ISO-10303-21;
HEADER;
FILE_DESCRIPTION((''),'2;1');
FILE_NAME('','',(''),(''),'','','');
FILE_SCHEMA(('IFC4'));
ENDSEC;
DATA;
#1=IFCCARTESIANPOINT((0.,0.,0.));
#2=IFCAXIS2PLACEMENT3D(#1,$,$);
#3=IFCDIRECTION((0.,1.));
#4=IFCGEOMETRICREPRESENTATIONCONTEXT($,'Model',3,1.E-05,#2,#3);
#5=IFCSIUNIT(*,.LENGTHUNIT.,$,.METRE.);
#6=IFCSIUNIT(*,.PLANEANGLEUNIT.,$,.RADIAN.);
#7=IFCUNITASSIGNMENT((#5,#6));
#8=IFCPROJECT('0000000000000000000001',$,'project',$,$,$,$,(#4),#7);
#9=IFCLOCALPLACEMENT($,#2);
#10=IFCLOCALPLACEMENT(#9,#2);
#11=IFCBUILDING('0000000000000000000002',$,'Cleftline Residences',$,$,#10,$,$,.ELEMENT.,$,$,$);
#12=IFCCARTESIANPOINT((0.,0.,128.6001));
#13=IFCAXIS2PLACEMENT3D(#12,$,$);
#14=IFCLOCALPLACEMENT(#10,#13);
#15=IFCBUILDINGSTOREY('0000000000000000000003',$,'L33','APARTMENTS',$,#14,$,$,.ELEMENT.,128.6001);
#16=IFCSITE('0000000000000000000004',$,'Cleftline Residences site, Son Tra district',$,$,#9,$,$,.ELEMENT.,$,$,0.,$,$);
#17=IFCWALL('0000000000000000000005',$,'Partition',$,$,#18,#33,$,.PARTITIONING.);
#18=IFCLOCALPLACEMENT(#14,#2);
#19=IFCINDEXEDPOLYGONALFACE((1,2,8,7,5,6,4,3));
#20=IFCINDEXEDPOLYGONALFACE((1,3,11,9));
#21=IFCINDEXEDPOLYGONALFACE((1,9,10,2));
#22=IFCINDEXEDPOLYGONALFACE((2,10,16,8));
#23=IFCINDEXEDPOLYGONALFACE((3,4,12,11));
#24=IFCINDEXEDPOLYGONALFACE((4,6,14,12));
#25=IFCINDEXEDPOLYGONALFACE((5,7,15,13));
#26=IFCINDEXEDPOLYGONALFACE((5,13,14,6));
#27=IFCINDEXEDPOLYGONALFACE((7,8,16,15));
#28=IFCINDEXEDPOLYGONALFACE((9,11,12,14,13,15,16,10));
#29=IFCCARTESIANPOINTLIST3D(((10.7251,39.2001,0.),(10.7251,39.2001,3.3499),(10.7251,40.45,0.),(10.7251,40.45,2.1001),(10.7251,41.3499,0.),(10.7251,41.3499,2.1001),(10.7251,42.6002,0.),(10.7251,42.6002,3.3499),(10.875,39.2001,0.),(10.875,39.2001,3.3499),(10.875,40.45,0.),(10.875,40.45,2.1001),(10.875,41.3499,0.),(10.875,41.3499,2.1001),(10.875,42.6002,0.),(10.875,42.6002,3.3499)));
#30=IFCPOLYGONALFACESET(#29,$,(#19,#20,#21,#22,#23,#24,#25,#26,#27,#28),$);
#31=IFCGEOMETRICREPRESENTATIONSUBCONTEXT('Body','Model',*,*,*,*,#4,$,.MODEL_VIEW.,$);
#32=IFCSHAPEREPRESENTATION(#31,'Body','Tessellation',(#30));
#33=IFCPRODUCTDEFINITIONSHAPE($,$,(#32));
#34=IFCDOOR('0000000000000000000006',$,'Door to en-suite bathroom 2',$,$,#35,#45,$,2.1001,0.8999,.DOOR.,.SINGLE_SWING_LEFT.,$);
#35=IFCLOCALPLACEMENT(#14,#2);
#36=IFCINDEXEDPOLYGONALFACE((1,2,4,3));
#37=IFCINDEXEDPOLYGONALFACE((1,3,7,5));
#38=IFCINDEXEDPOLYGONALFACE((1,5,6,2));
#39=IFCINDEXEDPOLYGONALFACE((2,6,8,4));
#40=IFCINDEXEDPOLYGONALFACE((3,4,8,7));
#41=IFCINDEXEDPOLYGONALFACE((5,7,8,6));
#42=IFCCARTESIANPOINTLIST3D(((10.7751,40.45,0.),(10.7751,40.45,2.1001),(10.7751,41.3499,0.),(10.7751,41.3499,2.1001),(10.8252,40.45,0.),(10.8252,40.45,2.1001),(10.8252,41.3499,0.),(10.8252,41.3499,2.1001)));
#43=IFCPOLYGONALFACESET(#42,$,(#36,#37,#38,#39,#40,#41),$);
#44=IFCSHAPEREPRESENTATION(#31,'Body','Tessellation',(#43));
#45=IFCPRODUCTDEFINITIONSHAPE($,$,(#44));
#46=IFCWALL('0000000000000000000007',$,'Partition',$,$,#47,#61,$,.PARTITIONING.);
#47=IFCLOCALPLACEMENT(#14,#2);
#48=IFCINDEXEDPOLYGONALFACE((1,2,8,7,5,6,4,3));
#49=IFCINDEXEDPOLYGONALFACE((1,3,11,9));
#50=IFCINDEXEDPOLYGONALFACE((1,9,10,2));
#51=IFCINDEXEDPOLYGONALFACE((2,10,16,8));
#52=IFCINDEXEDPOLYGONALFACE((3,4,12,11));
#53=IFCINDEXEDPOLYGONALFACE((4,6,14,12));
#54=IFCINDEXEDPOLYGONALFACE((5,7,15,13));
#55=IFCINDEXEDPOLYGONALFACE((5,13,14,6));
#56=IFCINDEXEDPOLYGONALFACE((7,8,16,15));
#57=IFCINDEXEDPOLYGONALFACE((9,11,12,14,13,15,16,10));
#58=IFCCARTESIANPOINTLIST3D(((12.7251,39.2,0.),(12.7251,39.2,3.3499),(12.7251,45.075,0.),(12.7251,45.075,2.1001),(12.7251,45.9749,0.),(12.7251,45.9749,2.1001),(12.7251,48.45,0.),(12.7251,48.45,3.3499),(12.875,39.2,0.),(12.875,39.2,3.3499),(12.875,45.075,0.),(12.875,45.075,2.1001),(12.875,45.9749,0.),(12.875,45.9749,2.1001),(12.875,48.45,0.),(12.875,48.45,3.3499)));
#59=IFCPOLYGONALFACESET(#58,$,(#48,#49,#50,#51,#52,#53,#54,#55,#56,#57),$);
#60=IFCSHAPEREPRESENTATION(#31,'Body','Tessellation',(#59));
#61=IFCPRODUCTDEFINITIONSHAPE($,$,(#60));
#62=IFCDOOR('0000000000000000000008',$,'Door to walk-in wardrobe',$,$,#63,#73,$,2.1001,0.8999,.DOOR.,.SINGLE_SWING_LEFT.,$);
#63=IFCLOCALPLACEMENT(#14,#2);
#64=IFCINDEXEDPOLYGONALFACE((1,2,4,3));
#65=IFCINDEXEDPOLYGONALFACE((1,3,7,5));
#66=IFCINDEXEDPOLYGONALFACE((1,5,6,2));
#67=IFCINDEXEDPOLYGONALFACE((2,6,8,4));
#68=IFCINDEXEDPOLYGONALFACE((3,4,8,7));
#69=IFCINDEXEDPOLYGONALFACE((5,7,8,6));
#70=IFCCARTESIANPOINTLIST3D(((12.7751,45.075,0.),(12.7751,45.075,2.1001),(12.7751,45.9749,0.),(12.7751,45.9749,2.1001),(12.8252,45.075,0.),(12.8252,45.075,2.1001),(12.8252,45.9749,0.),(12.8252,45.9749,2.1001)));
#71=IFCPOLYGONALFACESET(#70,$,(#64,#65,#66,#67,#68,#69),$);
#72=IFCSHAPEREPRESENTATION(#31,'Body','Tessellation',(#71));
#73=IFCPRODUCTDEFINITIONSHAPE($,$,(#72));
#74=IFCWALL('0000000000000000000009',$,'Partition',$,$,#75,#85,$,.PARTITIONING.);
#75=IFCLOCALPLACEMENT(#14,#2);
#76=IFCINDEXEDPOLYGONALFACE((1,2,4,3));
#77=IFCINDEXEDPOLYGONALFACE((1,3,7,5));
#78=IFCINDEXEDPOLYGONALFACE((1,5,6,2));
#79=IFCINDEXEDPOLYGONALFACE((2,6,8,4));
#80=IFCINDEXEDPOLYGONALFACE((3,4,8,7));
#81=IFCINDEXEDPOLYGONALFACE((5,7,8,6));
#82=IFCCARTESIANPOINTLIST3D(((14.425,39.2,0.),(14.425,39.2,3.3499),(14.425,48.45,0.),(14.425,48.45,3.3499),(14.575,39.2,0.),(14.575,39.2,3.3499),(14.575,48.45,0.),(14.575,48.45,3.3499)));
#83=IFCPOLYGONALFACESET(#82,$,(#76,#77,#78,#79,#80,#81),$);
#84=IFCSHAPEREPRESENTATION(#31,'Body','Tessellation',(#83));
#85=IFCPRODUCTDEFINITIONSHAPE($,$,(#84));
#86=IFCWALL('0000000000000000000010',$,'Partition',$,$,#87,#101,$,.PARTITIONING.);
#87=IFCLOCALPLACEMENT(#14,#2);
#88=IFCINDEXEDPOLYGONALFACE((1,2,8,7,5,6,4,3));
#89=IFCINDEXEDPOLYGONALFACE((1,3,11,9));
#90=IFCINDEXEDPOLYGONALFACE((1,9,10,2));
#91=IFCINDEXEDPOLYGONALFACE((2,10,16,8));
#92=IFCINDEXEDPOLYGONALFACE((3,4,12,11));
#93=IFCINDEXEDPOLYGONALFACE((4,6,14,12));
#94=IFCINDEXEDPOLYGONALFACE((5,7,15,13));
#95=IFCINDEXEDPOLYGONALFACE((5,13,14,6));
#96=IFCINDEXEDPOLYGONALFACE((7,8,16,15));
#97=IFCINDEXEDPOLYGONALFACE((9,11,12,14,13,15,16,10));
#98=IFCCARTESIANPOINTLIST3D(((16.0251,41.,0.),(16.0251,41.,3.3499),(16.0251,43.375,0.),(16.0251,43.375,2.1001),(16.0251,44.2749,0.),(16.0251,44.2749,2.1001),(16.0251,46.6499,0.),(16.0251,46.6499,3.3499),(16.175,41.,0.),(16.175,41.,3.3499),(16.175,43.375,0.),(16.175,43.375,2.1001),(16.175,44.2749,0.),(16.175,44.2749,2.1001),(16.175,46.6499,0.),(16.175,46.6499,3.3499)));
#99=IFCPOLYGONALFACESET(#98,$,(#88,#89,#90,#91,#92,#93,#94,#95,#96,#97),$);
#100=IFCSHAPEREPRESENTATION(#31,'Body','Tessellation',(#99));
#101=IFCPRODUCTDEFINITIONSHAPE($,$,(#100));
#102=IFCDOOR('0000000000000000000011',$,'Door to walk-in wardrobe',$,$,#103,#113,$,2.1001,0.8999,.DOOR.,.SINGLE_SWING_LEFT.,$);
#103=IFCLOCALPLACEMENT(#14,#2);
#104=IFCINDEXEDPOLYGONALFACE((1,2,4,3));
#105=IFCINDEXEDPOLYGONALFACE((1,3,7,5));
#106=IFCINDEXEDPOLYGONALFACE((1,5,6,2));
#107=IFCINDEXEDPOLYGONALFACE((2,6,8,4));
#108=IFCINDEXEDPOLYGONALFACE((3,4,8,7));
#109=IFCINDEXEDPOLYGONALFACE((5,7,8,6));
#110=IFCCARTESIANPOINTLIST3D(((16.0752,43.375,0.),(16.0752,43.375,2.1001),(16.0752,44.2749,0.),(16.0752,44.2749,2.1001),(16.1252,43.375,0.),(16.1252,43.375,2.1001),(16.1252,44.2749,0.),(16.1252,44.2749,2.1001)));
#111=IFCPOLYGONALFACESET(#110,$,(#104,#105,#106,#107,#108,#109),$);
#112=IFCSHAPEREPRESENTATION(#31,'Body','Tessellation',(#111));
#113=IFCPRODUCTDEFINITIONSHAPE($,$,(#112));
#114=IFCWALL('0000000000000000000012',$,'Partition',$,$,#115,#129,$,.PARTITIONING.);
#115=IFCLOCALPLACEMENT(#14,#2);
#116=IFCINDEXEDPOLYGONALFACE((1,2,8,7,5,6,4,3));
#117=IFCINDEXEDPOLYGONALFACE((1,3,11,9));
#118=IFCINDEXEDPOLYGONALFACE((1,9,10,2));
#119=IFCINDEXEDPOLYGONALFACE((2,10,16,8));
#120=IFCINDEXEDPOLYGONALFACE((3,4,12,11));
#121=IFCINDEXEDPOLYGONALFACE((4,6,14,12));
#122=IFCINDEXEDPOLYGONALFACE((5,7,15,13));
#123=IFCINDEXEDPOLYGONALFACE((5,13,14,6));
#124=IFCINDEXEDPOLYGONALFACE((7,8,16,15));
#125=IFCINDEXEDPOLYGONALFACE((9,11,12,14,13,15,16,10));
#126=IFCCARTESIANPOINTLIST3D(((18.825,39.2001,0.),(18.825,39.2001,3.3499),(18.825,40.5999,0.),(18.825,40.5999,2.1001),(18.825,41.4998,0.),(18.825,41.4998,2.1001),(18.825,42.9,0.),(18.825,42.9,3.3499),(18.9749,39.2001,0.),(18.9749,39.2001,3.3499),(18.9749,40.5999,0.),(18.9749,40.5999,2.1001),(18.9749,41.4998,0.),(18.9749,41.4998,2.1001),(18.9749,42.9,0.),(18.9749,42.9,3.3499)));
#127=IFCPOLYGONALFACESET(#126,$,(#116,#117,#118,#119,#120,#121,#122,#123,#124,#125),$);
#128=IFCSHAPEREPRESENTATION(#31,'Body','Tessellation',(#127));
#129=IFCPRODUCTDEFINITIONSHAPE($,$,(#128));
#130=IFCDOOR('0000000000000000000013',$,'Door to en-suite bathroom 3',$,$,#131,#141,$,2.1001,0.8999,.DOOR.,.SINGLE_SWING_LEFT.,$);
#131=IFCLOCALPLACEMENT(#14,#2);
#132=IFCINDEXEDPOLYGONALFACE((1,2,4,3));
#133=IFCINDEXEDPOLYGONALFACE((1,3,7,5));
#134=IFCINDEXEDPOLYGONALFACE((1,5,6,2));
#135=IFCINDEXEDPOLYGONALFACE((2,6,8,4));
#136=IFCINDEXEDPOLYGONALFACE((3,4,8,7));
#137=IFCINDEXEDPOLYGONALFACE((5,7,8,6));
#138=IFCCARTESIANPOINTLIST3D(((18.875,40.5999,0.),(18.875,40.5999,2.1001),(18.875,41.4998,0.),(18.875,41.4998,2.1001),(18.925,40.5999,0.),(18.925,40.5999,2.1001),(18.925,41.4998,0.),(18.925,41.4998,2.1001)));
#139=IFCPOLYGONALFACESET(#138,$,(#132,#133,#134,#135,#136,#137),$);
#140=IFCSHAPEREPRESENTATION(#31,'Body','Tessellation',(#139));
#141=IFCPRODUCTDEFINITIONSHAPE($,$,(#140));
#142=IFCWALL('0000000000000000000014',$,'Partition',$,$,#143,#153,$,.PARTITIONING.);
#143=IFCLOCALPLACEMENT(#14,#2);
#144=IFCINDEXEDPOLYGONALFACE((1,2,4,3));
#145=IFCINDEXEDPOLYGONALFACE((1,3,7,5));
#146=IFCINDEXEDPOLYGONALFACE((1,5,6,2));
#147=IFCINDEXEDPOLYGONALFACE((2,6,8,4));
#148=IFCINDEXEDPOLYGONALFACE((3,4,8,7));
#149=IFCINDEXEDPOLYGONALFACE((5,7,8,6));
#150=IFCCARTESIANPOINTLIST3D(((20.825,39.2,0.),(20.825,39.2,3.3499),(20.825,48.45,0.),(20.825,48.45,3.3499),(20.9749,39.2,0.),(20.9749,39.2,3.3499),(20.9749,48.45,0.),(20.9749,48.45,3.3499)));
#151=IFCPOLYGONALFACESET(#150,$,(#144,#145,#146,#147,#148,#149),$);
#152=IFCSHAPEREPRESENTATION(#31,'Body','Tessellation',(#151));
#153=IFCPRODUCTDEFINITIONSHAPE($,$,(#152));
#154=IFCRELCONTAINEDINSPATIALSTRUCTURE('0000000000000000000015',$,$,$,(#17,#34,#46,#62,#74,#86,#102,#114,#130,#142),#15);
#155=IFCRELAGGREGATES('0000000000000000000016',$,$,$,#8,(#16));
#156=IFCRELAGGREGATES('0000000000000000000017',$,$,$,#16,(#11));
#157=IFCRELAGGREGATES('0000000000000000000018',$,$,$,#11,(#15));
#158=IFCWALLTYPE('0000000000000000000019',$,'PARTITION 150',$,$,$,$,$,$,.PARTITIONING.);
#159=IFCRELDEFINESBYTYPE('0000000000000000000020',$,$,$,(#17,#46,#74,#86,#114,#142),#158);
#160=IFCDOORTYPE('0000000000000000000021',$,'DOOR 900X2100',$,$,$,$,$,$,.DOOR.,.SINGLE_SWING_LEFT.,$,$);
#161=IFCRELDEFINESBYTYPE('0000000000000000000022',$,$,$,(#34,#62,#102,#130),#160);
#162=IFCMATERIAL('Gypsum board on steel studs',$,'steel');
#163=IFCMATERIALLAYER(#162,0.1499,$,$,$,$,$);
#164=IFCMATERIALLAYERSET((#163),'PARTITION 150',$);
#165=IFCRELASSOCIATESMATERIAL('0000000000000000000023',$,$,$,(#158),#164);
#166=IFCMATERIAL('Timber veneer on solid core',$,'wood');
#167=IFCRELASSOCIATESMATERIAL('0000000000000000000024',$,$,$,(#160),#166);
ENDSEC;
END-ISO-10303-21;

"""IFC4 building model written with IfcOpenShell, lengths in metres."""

from ifc_helpers import new_model, si_unit, direction, frame, frame_2d, origin, place, context, subcontext, project, spatial, rectangle, extrude, material, layer, layer_set, type_object, element, fill, save


model = new_model("IFC4")

# Units and contexts
model_context = context("Model", 3, precision=1e-05, world=origin(), true_north=direction((0.0, 1.0)))
body_context = subcontext(model_context, "Body", "Model", "MODEL_VIEW")
ifc_project = project(units=[si_unit("LENGTHUNIT", "METRE"), si_unit("PLANEANGLEUNIT", "RADIAN")], contexts=[model_context])

# Site, building, storey
site_placement = place(None, origin())
site = spatial("IfcSite", under=ifc_project, at=site_placement, Name="Cleftline Residences site, Son Tra district", CompositionType="ELEMENT", RefElevation=0.0)
building_placement = place(site_placement, origin())
building = spatial("IfcBuilding", under=site, at=building_placement, Name="Cleftline Residences", CompositionType="ELEMENT")
storey_placement = place(building_placement, frame((0.0, 0.0, 128.6001)))
storey = spatial("IfcBuildingStorey", under=building, at=storey_placement, Name="L33", Description="APARTMENTS", CompositionType="ELEMENT", Elevation=128.6001)

# Shared definitions
ifc_material_1 = material(Name="Gypsum board on steel studs", Category="steel")
ifc_layer = layer(ifc_material_1, 0.1499)
ifc_layer_set = layer_set([ifc_layer], Name="PARTITION 150")
wall_type = type_object("IfcWallType", Name="PARTITION 150", PredefinedType="PARTITIONING", material=ifc_layer_set)

# Walls, openings, doors
wall_1_placement = place(storey_placement, frame((10.8, 39.2, 0.0), z_axis=(0.0, 0.0, 1.0), x_axis=(0.0, 1.0, 0.0)))
wall_1 = element("IfcWall", 1, at=wall_1_placement, inside=storey, type_object=wall_type, Name="Partition", PredefinedType="PARTITIONING", context=body_context, shape_type="SweptSolid", body=[
    extrude(rectangle(XDim=3.4001, YDim=0.1499, at=frame_2d((1.7002, 0.0))), origin(), (0.0, 0.0, 1.0), 3.3499),
])
opening_1_placement = place(wall_1_placement, frame((1.25, 0.0, 0.0)))
opening_1 = element("IfcOpeningElement", 2, at=opening_1_placement, cuts=wall_1, PredefinedType="OPENING", context=body_context, shape_type="SweptSolid", body=[
    extrude(rectangle(XDim=0.8999, YDim=2.1001, at=frame_2d((0.45, 1.05))), frame((0.0, 0.085, 0.0), z_axis=(0.0, -1.0, 0.0), x_axis=(1.0, 0.0, 0.0)), (0.0, 0.0, 1.0), 0.1699),
])
ifc_material_2 = material(Name="Timber veneer on solid core", Category="wood")
door_type_1 = type_object("IfcDoorType", Name="DOOR 900X2100", OperationType="SINGLE_SWING_LEFT", PredefinedType="DOOR", material=ifc_material_2)
door_1_placement = place(opening_1_placement, origin())
door_1 = element("IfcDoor", 3, at=door_1_placement, inside=storey, type_object=door_type_1, Name="Door to en-suite bathroom 2", OperationType="SINGLE_SWING_LEFT", OverallHeight=2.1001, OverallWidth=0.8999, PredefinedType="DOOR", context=body_context, shape_type="SweptSolid", body=[
    extrude(rectangle(XDim=0.8999, YDim=2.1001, at=frame_2d((0.45, 1.05))), frame((0.0, 0.0249, 0.0), z_axis=(0.0, -1.0, 0.0), x_axis=(1.0, 0.0, 0.0)), (0.0, 0.0, 1.0), 0.05),
])
fill(opening_1, door_1)
wall_2_placement = place(storey_placement, frame((12.8, 39.2, 0.0), z_axis=(0.0, 0.0, 1.0), x_axis=(0.0, 1.0, 0.0)))
wall_2 = element("IfcWall", 4, at=wall_2_placement, inside=storey, type_object=wall_type, Name="Partition", PredefinedType="PARTITIONING", context=body_context, shape_type="SweptSolid", body=[
    extrude(rectangle(XDim=9.25, YDim=0.1499, at=frame_2d((4.625, 0.0))), origin(), (0.0, 0.0, 1.0), 3.3499),
])
opening_2_placement = place(wall_2_placement, frame((5.875, 0.0, 0.0)))
opening_2 = element("IfcOpeningElement", 5, at=opening_2_placement, cuts=wall_2, PredefinedType="OPENING", context=body_context, shape_type="SweptSolid", body=[
    extrude(rectangle(XDim=0.8999, YDim=2.1001, at=frame_2d((0.45, 1.05))), frame((0.0, 0.085, 0.0), z_axis=(0.0, -1.0, 0.0), x_axis=(1.0, 0.0, 0.0)), (0.0, 0.0, 1.0), 0.1699),
])
door_2_placement = place(opening_2_placement, origin())
door_2 = element("IfcDoor", 6, at=door_2_placement, inside=storey, type_object=door_type_1, Name="Door to walk-in wardrobe", OperationType="SINGLE_SWING_LEFT", OverallHeight=2.1001, OverallWidth=0.8999, PredefinedType="DOOR", context=body_context, shape_type="SweptSolid", body=[
    extrude(rectangle(XDim=0.8999, YDim=2.1001, at=frame_2d((0.45, 1.05))), frame((0.0, 0.0249, 0.0), z_axis=(0.0, -1.0, 0.0), x_axis=(1.0, 0.0, 0.0)), (0.0, 0.0, 1.0), 0.05),
])
fill(opening_2, door_2)

# Wall
wall_3_placement = place(storey_placement, frame((14.5, 39.2, 0.0), z_axis=(0.0, 0.0, 1.0), x_axis=(0.0, 1.0, 0.0)))
element("IfcWall", 7, at=wall_3_placement, inside=storey, type_object=wall_type, Name="Partition", PredefinedType="PARTITIONING", context=body_context, shape_type="SweptSolid", body=[
    extrude(rectangle(XDim=9.25, YDim=0.1499, at=frame_2d((4.625, 0.0))), origin(), (0.0, 0.0, 1.0), 3.3499),
])

# Walls, openings, doors
wall_4_placement = place(storey_placement, frame((16.1001, 41.0, 0.0), z_axis=(0.0, 0.0, 1.0), x_axis=(0.0, 1.0, 0.0)))
wall_4 = element("IfcWall", 8, at=wall_4_placement, inside=storey, type_object=wall_type, Name="Partition", PredefinedType="PARTITIONING", context=body_context, shape_type="SweptSolid", body=[
    extrude(rectangle(XDim=5.6499, YDim=0.1499, at=frame_2d((2.825, 0.0))), origin(), (0.0, 0.0, 1.0), 3.3499),
])
opening_3_placement = place(wall_4_placement, frame((2.375, 0.0, 0.0)))
opening_3 = element("IfcOpeningElement", 9, at=opening_3_placement, cuts=wall_4, PredefinedType="OPENING", context=body_context, shape_type="SweptSolid", body=[
    extrude(rectangle(XDim=0.8999, YDim=2.1001, at=frame_2d((0.45, 1.05))), frame((0.0, 0.085, 0.0), z_axis=(0.0, -1.0, 0.0), x_axis=(1.0, 0.0, 0.0)), (0.0, 0.0, 1.0), 0.1699),
])
door_3_placement = place(opening_3_placement, origin())
door_3 = element("IfcDoor", 10, at=door_3_placement, inside=storey, type_object=door_type_1, Name="Door to walk-in wardrobe", OperationType="SINGLE_SWING_LEFT", OverallHeight=2.1001, OverallWidth=0.8999, PredefinedType="DOOR", context=body_context, shape_type="SweptSolid", body=[
    extrude(rectangle(XDim=0.8999, YDim=2.1001, at=frame_2d((0.45, 1.05))), frame((0.0, 0.0249, 0.0), z_axis=(0.0, -1.0, 0.0), x_axis=(1.0, 0.0, 0.0)), (0.0, 0.0, 1.0), 0.05),
])
fill(opening_3, door_3)
wall_5_placement = place(storey_placement, frame((18.8999, 39.2, 0.0), z_axis=(0.0, 0.0, 1.0), x_axis=(0.0, 1.0, 0.0)))
wall_5 = element("IfcWall", 11, at=wall_5_placement, inside=storey, type_object=wall_type, Name="Partition", PredefinedType="PARTITIONING", context=body_context, shape_type="SweptSolid", body=[
    extrude(rectangle(XDim=3.7, YDim=0.1499, at=frame_2d((1.8501, 0.0))), origin(), (0.0, 0.0, 1.0), 3.3499),
])
opening_4_placement = place(wall_5_placement, frame((1.3999, 0.0, 0.0)))
opening_4 = element("IfcOpeningElement", 12, at=opening_4_placement, cuts=wall_5, PredefinedType="OPENING", context=body_context, shape_type="SweptSolid", body=[
    extrude(rectangle(XDim=0.8999, YDim=2.1001, at=frame_2d((0.45, 1.05))), frame((0.0, 0.085, 0.0), z_axis=(0.0, -1.0, 0.0), x_axis=(1.0, 0.0, 0.0)), (0.0, 0.0, 1.0), 0.1699),
])
door_4_placement = place(opening_4_placement, origin())
door_4 = element("IfcDoor", 13, at=door_4_placement, inside=storey, type_object=door_type_1, Name="Door to en-suite bathroom 3", OperationType="SINGLE_SWING_LEFT", OverallHeight=2.1001, OverallWidth=0.8999, PredefinedType="DOOR", context=body_context, shape_type="SweptSolid", body=[
    extrude(rectangle(XDim=0.8999, YDim=2.1001, at=frame_2d((0.45, 1.05))), frame((0.0, 0.0249, 0.0), z_axis=(0.0, -1.0, 0.0), x_axis=(1.0, 0.0, 0.0)), (0.0, 0.0, 1.0), 0.05),
])
fill(opening_4, door_4)

# Wall
wall_6_placement = place(storey_placement, frame((20.8999, 39.2, 0.0), z_axis=(0.0, 0.0, 1.0), x_axis=(0.0, 1.0, 0.0)))
element("IfcWall", 14, at=wall_6_placement, inside=storey, type_object=wall_type, Name="Partition", PredefinedType="PARTITIONING", context=body_context, shape_type="SweptSolid", body=[
    extrude(rectangle(XDim=9.25, YDim=0.1499, at=frame_2d((4.625, 0.0))), origin(), (0.0, 0.0, 1.0), 3.3499),
])

save(model, "model.ifc")
